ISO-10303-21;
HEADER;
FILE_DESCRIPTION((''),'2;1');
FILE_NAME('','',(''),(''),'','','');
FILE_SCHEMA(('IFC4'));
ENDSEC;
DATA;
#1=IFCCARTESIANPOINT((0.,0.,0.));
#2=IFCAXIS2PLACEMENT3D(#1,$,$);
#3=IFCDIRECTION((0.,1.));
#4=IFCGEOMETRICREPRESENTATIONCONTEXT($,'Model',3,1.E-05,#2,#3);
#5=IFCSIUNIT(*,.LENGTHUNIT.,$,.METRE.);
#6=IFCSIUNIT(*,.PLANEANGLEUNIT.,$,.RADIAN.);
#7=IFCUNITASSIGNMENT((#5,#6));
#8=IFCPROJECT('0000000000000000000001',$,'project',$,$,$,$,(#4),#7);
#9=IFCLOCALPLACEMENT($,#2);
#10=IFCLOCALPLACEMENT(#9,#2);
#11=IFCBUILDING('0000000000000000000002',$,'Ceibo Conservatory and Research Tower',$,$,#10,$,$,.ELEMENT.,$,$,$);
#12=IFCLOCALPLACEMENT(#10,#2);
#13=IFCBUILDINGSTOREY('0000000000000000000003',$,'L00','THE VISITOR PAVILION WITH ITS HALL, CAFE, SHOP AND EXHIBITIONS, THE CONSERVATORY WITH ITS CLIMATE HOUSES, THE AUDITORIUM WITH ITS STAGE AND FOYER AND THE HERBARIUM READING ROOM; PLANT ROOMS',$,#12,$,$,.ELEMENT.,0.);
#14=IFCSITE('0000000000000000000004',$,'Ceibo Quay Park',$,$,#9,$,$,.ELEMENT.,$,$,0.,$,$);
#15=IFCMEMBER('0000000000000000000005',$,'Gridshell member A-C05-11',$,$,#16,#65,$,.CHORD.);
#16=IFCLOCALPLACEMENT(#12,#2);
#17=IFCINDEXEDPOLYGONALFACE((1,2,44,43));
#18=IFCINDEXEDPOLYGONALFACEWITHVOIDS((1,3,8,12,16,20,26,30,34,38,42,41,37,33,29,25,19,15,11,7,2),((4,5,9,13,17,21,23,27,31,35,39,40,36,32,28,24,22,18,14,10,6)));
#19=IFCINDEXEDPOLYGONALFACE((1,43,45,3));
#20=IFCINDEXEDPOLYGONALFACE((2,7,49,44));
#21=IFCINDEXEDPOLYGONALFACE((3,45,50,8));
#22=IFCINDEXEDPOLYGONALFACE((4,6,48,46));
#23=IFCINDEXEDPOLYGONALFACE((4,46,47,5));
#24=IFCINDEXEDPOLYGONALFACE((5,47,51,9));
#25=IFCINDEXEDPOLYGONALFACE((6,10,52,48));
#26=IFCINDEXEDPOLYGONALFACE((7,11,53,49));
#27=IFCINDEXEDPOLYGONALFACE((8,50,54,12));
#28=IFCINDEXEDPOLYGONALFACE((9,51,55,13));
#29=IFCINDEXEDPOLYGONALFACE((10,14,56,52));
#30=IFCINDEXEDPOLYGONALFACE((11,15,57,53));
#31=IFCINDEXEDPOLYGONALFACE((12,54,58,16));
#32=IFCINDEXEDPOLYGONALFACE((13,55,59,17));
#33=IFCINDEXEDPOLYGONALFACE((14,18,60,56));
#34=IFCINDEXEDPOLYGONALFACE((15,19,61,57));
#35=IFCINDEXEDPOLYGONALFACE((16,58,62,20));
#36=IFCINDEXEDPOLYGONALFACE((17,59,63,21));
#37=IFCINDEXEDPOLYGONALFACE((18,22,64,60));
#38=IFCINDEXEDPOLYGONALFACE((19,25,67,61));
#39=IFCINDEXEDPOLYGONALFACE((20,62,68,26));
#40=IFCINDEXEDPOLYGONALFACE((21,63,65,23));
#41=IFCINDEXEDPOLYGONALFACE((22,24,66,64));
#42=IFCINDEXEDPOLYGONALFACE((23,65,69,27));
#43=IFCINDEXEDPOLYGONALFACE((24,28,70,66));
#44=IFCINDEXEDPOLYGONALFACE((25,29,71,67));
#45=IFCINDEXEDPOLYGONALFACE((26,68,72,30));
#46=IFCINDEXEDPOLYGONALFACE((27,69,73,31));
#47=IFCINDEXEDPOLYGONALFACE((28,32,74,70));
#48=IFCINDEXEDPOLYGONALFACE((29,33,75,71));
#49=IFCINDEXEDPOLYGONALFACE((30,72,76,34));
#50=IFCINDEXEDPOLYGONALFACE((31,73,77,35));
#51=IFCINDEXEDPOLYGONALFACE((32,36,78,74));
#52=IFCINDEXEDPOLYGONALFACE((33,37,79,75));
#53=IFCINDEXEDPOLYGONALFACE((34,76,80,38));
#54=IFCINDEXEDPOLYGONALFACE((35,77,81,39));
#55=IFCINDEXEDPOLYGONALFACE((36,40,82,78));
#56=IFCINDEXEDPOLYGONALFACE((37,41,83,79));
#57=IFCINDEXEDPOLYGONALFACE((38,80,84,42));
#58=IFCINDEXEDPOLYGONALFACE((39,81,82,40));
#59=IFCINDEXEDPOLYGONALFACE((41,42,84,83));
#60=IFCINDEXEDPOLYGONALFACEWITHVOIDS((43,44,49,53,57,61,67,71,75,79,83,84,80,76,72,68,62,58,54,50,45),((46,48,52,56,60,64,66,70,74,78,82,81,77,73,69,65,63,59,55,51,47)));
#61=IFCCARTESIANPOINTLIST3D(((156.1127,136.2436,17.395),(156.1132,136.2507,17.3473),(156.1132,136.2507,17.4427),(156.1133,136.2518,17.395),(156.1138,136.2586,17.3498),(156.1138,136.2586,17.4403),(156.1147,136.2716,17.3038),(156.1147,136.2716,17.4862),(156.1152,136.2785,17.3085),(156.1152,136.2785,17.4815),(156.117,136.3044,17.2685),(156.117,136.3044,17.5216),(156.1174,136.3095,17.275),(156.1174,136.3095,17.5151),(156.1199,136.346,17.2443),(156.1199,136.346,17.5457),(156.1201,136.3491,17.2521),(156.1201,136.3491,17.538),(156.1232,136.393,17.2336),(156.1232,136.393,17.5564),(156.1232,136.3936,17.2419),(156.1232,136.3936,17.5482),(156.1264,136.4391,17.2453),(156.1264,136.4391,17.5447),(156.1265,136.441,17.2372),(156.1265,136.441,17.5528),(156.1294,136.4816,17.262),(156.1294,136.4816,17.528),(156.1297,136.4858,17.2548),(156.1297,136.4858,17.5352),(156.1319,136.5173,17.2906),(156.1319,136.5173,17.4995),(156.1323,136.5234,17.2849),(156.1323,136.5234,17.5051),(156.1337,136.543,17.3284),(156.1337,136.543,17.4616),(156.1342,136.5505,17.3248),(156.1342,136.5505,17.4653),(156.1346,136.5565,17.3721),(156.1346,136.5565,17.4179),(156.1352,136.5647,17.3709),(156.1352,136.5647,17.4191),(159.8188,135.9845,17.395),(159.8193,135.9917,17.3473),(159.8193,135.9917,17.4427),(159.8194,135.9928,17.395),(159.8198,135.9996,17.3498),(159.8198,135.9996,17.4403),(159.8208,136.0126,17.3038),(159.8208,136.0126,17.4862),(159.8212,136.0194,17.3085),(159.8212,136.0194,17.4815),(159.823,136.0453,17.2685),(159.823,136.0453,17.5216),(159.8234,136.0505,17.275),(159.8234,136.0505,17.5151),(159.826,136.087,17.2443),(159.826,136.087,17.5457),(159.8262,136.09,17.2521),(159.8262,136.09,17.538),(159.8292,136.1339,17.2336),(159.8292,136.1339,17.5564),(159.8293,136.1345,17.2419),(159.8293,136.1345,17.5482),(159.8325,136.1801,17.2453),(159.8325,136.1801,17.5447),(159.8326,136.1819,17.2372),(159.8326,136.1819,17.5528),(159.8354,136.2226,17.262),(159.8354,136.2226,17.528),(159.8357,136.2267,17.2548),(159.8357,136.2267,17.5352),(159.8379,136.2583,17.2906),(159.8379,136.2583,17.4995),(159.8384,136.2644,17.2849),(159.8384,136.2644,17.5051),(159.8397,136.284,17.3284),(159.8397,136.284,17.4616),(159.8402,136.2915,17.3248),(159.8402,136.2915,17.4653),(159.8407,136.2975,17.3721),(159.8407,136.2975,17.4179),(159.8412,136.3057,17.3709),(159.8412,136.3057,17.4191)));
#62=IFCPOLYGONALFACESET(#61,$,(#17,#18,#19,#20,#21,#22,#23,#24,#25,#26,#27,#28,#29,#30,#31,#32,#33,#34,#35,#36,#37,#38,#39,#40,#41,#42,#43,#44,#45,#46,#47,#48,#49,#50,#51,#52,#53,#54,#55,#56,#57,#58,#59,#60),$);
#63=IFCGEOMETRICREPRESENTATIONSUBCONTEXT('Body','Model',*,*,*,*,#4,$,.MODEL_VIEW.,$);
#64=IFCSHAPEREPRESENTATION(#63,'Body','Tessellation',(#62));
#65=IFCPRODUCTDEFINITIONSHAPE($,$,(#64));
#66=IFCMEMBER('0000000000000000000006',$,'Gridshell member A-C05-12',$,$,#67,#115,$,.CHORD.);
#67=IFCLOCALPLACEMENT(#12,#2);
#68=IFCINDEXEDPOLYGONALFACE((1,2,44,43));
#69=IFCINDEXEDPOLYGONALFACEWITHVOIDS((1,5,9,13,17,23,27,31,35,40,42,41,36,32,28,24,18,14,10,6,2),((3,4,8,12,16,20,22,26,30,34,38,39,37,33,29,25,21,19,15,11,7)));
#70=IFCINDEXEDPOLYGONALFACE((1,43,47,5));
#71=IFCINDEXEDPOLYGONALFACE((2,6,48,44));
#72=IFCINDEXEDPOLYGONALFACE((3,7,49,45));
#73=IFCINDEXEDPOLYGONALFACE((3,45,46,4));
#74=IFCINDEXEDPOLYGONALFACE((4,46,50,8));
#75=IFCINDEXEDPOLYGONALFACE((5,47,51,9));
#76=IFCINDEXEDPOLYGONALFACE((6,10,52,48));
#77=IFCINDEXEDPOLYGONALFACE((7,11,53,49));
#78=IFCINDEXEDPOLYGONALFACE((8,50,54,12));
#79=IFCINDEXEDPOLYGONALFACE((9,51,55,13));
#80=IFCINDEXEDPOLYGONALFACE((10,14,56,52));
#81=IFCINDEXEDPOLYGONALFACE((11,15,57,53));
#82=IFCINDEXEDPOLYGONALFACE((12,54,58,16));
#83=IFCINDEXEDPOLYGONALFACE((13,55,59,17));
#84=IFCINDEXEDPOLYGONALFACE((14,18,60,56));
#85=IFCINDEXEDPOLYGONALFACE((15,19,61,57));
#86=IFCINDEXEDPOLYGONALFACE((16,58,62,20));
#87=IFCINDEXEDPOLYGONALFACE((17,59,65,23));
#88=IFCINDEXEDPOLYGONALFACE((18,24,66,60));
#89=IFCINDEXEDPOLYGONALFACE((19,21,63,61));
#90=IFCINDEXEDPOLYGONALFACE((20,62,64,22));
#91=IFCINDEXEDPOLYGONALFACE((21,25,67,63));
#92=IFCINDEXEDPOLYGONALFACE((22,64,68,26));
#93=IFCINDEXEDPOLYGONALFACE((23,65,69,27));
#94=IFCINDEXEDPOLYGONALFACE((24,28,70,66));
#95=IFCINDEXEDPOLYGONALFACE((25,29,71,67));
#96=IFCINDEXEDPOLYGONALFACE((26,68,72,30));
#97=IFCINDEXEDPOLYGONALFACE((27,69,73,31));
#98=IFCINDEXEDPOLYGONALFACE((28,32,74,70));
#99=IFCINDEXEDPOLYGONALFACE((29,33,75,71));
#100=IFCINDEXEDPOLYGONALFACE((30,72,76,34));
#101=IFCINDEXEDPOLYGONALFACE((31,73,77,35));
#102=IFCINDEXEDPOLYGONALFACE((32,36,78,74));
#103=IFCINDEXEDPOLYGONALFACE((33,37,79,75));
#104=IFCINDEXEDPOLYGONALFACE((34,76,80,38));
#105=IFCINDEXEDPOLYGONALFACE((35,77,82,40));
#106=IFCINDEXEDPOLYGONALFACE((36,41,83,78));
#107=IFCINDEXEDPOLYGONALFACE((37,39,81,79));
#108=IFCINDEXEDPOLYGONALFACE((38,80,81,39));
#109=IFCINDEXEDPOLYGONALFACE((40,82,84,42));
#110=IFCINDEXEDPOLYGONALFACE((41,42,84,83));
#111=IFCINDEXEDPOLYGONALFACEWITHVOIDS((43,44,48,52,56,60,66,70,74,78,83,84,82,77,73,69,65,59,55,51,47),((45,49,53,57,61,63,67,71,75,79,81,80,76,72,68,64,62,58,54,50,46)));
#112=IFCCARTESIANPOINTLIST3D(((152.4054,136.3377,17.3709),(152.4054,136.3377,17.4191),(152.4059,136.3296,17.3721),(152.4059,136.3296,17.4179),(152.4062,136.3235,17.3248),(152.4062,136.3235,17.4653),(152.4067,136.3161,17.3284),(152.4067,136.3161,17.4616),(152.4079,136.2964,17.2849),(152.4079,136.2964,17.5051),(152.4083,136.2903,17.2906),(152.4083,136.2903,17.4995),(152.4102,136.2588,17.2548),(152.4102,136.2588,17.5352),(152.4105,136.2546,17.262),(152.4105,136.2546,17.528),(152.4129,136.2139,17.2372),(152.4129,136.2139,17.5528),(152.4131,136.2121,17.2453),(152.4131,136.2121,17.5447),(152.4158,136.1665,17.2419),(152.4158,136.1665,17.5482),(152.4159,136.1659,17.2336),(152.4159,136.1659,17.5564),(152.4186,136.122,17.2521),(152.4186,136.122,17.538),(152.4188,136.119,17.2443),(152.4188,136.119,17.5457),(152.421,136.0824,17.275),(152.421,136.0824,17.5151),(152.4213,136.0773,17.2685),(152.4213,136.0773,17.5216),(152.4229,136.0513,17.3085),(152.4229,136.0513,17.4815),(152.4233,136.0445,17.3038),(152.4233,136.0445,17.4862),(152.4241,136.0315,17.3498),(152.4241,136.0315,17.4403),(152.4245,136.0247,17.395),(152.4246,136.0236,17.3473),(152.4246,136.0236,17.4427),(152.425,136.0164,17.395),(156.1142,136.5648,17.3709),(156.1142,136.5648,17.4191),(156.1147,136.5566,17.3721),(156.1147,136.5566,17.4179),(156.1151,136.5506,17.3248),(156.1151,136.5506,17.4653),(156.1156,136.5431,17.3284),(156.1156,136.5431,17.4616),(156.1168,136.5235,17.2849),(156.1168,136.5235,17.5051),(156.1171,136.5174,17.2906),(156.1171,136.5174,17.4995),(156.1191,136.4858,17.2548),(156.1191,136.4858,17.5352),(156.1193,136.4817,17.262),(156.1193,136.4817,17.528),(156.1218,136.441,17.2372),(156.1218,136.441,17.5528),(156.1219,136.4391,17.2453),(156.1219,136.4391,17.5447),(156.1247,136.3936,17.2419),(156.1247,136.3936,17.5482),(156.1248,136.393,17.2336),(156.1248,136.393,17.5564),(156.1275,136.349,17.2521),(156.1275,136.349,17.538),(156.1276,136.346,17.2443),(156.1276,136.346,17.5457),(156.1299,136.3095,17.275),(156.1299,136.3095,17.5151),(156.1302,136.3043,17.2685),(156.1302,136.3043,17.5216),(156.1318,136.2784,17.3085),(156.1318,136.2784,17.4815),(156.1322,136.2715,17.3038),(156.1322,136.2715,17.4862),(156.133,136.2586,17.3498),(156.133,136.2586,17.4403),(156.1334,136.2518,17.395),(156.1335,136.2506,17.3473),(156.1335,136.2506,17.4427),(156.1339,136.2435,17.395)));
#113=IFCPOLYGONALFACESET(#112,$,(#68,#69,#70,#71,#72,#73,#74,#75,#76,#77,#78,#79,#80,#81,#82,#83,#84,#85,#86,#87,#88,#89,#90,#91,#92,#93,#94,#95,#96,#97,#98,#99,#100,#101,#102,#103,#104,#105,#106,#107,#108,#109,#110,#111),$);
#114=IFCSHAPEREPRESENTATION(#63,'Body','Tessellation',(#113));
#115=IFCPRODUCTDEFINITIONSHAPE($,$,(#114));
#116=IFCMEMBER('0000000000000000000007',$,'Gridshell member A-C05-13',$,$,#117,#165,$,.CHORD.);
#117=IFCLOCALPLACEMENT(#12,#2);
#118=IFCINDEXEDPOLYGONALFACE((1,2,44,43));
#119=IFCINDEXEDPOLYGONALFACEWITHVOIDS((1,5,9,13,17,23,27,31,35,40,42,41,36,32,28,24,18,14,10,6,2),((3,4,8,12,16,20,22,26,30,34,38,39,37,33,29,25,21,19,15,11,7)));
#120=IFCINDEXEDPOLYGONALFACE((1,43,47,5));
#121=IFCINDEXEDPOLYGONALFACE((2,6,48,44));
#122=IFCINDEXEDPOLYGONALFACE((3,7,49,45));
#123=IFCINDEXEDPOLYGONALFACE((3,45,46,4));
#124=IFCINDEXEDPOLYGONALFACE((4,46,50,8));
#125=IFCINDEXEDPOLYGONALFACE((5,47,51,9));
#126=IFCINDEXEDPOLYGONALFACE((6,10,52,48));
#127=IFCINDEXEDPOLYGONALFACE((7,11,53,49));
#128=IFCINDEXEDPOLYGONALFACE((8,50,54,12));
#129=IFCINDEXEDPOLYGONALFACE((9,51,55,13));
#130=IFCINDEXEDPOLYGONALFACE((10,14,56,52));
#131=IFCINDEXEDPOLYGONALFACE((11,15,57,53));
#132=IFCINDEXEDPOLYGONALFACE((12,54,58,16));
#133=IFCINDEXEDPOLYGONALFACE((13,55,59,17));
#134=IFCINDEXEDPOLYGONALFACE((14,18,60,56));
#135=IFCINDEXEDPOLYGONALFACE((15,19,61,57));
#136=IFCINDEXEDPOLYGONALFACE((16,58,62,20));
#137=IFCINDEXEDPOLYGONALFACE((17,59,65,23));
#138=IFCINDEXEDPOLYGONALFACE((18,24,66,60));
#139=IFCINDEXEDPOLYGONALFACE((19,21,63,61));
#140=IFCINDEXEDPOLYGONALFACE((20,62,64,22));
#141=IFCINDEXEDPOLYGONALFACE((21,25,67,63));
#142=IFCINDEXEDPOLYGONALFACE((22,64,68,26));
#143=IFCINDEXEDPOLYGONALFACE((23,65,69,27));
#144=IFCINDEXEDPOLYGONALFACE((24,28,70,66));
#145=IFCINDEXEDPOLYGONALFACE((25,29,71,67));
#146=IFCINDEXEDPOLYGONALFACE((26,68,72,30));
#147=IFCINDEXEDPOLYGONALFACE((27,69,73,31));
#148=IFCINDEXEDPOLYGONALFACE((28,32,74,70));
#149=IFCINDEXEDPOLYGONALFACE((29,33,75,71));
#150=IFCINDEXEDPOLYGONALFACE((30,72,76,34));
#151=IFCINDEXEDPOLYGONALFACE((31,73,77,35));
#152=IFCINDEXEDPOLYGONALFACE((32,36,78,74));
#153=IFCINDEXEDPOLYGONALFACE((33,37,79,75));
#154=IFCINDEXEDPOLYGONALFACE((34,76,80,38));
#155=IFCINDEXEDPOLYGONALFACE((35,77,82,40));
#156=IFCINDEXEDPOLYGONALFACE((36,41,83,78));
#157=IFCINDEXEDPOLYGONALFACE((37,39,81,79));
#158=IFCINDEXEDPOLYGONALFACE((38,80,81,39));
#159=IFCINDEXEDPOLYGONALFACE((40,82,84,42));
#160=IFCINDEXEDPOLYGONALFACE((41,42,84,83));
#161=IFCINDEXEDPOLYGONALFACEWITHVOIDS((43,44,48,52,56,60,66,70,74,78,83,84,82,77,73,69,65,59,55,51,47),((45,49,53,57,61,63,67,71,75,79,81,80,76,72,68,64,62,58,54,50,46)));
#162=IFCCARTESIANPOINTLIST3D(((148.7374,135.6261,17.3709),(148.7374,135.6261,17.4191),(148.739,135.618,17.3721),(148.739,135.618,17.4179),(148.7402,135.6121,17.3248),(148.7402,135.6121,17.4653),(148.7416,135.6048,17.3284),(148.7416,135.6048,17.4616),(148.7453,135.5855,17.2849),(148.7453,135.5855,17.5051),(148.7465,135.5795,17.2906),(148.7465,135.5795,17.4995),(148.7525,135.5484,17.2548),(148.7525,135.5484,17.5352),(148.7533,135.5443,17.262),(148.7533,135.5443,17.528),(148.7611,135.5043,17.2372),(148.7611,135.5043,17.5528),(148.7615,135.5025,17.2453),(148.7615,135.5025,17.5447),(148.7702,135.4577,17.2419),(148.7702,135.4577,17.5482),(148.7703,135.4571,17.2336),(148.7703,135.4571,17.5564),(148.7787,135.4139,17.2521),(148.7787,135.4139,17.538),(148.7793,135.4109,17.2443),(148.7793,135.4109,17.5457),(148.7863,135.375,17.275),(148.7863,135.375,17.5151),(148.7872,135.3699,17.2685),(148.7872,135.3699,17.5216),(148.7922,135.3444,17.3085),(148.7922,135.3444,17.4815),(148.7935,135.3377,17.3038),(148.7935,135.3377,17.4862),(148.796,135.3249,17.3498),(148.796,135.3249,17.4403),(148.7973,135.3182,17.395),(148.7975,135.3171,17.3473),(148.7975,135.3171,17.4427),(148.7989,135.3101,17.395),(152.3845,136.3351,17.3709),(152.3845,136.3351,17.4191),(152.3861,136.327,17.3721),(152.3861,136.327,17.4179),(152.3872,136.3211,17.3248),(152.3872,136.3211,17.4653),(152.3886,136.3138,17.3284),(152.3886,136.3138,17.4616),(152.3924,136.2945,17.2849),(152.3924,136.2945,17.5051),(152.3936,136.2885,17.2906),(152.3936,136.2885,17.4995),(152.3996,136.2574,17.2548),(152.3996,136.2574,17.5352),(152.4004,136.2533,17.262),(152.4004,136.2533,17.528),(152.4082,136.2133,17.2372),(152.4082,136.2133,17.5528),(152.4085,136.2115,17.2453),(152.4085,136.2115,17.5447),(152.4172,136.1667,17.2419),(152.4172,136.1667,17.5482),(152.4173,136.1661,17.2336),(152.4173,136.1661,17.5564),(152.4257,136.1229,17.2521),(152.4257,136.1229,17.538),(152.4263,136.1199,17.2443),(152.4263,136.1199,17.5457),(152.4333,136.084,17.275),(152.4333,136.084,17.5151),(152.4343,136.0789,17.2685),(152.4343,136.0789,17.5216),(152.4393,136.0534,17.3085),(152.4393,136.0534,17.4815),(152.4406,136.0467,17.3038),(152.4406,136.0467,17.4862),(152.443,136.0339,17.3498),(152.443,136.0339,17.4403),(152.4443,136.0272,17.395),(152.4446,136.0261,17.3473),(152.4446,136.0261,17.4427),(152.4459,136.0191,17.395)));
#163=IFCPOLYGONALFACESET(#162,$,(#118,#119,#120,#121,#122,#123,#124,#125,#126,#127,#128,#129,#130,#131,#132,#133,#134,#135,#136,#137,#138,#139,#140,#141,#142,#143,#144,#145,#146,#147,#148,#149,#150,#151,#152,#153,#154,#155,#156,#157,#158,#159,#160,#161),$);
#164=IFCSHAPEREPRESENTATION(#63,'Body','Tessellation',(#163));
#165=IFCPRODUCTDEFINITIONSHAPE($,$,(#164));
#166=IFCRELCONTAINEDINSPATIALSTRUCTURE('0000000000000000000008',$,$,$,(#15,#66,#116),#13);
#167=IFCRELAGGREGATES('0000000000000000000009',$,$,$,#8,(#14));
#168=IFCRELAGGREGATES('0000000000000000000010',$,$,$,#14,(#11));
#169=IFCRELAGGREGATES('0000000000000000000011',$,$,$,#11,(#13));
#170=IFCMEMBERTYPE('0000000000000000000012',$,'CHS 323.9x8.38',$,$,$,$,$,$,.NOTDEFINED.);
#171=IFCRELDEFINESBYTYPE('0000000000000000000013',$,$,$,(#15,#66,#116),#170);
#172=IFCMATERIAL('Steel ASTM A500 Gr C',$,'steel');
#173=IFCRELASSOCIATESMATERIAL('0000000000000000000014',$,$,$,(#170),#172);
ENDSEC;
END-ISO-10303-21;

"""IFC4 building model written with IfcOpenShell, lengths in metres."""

from ifc_helpers import new_model, si_unit, direction, frame, origin, origin_2d, place, context, subcontext, project, spatial, hollow_circle, extrude, material, material_profile, profile_set, type_object, element, save


model = new_model("IFC4")

# Units and contexts
model_context = context("Model", 3, precision=1e-05, world=origin(), true_north=direction((0.0, 1.0)))
body_context = subcontext(model_context, "Body", "Model", "MODEL_VIEW")
ifc_project = project(units=[si_unit("LENGTHUNIT", "METRE"), si_unit("PLANEANGLEUNIT", "RADIAN")], contexts=[model_context])

# Site, building, storey
site_placement = place(None, origin())
site = spatial("IfcSite", under=ifc_project, at=site_placement, Name="Ceibo Quay Park", CompositionType="ELEMENT", RefElevation=0.0)
building_placement = place(site_placement, origin())
building = spatial("IfcBuilding", under=site, at=building_placement, Name="Ceibo Conservatory and Research Tower", CompositionType="ELEMENT")
storey_placement = place(building_placement, origin())
storey = spatial("IfcBuildingStorey", under=building, at=storey_placement, Name="L00", Description="THE VISITOR PAVILION WITH ITS HALL, CAFE, SHOP AND EXHIBITIONS, THE CONSERVATORY WITH ITS CLIMATE HOUSES, THE AUDITORIUM WITH ITS STAGE AND FOYER AND THE HERBARIUM READING ROOM; PLANT ROOMS", CompositionType="ELEMENT", Elevation=0.0)

# Members
ifc_material_1 = material(Name="Steel ASTM A500 Gr C", Category="steel")
ifc_material_profile_1 = material_profile(ifc_material_1, hollow_circle(Radius=0.1619, WallThickness=0.0083, at=origin_2d()), Name="CHS 323.9x8.38")
ifc_profile_set_1 = profile_set([ifc_material_profile_1], Name="Steel ASTM A500 Gr C")
member_type_1 = type_object("IfcMemberType", Name="CHS 323.9x8.38", PredefinedType="NOTDEFINED", material=ifc_profile_set_1)
member_1_placement = place(storey_placement, frame((159.8301, 136.146, 17.395), z_axis=(-0.997566, 0.069724, 0.0), x_axis=(-0.069724, -0.997566, 0.0)))
element("IfcMember", 1, at=member_1_placement, inside=storey, type_object=member_type_1, Name="Gridshell member A-C05-11", PredefinedType="CHORD", context=body_context, shape_type="SweptSolid", body=[
    extrude(hollow_circle(Radius=0.1619, WallThickness=0.0083, at=origin_2d()), origin(), (0.0, 0.0, 1.0), 3.7151),
])
member_2_placement = place(storey_placement, frame((156.124, 136.405, 17.395), z_axis=(-0.998132, -0.061102, 0.0), x_axis=(0.061102, -0.998132, 0.0)))
element("IfcMember", 2, at=member_2_placement, inside=storey, type_object=member_type_1, Name="Gridshell member A-C05-12", PredefinedType="CHORD", context=body_context, shape_type="SweptSolid", body=[
    extrude(hollow_circle(Radius=0.1619, WallThickness=0.0083, at=origin_2d()), origin(), (0.0, 0.0, 1.0), 3.7158),
])
member_3_placement = place(storey_placement, frame((152.415, 136.178, 17.395), z_axis=(-0.981623, -0.190831, 0.0), x_axis=(0.190831, -0.981623, 0.0)))
element("IfcMember", 3, at=member_3_placement, inside=storey, type_object=member_type_1, Name="Gridshell member A-C05-13", PredefinedType="CHORD", context=body_context, shape_type="SweptSolid", body=[
    extrude(hollow_circle(Radius=0.1619, WallThickness=0.0083, at=origin_2d()), origin(), (0.0, 0.0, 1.0), 3.7153),
])

save(model, "model.ifc")
